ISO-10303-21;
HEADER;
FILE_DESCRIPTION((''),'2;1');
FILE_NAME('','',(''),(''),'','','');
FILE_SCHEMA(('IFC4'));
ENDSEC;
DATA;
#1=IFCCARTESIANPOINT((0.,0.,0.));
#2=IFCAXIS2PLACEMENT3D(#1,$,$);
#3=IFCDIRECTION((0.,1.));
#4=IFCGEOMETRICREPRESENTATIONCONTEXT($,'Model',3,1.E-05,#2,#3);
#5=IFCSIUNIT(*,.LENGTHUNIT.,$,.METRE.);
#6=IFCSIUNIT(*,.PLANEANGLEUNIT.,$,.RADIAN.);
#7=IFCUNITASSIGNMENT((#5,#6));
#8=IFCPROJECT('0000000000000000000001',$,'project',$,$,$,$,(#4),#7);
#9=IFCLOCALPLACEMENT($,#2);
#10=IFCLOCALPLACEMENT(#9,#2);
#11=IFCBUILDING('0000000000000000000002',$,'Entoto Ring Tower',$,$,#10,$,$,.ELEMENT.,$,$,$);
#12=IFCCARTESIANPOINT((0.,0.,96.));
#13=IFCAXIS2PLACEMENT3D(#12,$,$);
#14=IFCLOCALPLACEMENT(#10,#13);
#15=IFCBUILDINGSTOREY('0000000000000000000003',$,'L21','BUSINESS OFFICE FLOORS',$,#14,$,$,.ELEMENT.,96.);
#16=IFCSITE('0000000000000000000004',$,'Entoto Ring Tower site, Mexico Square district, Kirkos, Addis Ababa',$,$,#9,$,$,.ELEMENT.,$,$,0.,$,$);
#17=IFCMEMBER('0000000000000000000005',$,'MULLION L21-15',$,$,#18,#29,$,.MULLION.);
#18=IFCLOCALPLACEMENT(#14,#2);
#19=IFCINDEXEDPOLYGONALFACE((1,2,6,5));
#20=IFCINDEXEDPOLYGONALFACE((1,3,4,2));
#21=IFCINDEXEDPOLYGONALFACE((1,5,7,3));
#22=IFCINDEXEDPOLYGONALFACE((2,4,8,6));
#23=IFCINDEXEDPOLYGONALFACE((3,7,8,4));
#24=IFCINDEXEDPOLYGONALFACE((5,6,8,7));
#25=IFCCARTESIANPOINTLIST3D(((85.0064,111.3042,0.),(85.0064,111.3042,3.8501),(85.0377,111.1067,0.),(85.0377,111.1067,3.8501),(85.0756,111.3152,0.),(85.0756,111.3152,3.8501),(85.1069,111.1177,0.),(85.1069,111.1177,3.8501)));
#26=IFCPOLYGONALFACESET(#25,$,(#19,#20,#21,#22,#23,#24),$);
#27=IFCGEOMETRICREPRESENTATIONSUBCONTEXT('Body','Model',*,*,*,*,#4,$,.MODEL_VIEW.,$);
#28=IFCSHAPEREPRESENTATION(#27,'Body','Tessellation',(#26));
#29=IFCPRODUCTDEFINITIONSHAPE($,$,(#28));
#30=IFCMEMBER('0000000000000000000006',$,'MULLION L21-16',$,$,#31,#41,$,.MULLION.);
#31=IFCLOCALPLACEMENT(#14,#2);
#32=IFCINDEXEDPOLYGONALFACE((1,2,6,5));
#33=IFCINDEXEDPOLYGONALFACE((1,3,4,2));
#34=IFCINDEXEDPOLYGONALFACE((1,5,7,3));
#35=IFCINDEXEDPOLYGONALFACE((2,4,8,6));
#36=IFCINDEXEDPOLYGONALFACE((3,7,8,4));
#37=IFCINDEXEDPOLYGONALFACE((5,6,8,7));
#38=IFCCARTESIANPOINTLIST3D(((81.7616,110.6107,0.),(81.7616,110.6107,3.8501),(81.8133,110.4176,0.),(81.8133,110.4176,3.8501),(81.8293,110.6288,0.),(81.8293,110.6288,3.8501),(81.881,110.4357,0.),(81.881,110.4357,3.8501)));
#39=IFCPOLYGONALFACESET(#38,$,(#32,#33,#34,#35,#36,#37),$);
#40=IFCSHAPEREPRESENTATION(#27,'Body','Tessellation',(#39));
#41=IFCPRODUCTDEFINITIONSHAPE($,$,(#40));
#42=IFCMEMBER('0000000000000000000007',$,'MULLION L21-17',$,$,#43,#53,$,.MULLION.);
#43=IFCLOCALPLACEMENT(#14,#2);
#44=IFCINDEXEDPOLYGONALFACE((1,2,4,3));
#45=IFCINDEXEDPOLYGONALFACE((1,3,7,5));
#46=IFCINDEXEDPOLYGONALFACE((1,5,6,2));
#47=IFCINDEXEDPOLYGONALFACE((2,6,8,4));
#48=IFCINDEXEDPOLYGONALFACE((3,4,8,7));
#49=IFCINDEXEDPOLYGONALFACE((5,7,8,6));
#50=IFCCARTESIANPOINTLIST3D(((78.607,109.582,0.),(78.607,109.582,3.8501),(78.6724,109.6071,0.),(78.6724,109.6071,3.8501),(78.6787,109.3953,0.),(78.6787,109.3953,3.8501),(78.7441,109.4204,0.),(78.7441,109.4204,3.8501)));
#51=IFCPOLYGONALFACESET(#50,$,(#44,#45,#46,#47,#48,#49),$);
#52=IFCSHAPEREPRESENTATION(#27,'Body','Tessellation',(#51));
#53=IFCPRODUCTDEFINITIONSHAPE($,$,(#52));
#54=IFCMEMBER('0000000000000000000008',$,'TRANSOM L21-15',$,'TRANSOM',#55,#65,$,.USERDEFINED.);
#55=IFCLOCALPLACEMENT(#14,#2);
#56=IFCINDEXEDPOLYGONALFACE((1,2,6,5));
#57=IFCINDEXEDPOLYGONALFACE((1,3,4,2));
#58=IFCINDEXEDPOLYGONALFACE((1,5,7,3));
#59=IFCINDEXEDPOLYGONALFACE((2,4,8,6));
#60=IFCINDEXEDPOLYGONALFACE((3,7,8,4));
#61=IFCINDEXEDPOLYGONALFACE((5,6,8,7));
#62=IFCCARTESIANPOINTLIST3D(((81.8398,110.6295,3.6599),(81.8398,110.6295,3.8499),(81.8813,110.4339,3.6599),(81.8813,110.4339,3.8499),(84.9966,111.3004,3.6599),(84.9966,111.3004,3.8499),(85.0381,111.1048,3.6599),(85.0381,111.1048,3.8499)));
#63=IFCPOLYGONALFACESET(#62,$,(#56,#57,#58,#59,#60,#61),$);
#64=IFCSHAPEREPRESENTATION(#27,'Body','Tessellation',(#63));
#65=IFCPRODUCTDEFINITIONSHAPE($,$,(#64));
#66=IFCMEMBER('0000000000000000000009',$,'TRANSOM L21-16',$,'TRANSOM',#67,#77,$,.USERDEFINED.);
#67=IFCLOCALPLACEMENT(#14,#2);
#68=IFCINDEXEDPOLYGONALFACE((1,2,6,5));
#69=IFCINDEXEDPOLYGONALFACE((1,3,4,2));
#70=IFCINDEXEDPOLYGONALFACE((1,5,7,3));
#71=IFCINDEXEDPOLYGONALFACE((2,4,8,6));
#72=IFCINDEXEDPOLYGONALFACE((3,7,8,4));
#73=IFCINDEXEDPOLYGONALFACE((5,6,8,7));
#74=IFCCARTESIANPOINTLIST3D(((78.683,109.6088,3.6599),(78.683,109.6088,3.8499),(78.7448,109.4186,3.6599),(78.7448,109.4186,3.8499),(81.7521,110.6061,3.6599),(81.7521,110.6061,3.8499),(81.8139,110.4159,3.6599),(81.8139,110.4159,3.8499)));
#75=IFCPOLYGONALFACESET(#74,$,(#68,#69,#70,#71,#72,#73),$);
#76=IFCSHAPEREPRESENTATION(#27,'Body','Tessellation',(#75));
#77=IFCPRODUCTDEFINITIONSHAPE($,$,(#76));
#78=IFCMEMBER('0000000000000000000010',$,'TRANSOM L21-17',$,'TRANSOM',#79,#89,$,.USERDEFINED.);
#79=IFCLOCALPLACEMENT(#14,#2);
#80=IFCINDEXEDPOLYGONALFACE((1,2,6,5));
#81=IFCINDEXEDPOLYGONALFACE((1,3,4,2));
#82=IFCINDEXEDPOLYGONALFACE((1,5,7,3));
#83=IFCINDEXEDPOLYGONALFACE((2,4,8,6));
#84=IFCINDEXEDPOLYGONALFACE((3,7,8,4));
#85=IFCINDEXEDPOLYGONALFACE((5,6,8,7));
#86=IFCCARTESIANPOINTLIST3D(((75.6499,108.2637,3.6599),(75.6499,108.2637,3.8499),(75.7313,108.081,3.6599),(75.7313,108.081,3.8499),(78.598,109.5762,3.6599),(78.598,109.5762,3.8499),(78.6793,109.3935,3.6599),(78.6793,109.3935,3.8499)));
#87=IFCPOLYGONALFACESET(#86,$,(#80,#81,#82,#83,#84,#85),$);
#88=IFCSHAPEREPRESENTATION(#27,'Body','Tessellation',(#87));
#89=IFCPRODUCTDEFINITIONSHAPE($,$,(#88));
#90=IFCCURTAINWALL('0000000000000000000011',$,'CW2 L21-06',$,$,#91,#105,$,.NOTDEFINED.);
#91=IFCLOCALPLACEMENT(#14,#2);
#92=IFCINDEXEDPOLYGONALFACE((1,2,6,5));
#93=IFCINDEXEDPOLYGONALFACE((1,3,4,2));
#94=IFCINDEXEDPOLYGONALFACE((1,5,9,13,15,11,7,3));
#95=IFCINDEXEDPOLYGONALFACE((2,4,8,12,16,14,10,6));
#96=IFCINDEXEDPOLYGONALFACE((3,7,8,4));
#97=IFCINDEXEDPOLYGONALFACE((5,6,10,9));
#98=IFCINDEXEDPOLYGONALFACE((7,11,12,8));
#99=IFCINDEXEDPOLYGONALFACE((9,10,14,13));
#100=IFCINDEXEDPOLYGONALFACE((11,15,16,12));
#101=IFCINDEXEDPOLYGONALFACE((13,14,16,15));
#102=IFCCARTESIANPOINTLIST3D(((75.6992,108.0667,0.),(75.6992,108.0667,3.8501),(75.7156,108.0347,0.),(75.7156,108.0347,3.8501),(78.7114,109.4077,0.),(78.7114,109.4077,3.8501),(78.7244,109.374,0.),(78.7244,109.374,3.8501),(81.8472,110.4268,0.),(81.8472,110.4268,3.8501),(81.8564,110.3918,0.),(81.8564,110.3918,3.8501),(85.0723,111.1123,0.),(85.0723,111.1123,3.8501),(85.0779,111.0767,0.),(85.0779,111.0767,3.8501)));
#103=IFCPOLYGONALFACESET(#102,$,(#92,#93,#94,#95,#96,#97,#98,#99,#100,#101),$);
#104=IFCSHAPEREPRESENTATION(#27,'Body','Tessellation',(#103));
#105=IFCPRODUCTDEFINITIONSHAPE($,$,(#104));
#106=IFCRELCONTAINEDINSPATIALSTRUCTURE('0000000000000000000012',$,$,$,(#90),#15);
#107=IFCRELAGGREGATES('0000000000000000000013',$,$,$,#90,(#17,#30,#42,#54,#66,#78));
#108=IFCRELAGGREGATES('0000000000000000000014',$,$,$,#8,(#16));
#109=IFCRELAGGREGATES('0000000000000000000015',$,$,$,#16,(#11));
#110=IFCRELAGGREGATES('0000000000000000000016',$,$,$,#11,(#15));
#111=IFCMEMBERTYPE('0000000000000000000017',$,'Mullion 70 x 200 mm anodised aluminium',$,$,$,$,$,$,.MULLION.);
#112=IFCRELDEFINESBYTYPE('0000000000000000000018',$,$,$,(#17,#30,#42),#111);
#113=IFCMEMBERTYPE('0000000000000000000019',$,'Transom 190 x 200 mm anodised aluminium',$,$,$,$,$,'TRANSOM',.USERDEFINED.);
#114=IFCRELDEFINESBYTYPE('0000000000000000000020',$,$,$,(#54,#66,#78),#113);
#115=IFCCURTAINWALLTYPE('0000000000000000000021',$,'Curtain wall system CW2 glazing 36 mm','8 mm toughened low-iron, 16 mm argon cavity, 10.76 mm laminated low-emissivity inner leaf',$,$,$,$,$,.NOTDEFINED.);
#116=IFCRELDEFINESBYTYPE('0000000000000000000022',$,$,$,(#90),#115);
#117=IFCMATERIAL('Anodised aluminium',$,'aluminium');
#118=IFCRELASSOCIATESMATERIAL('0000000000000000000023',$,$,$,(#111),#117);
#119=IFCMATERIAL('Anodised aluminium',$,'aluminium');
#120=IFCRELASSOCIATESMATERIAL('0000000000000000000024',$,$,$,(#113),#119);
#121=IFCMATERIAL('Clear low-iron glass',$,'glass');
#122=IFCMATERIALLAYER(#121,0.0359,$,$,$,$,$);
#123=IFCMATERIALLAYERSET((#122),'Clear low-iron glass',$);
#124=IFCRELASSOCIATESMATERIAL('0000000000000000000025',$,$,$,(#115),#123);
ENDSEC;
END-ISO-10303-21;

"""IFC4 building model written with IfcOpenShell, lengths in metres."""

from ifc_helpers import new_model, si_unit, direction, frame, origin, origin_2d, place, context, subcontext, project, spatial, polyline, rectangle, outline, extrude, material, layer, layer_set, material_profile, profile_set, type_object, element, aggregate, save


model = new_model("IFC4")

# Units and contexts
model_context = context("Model", 3, precision=1e-05, world=origin(), true_north=direction((0.0, 1.0)))
body_context = subcontext(model_context, "Body", "Model", "MODEL_VIEW")
ifc_project = project(units=[si_unit("LENGTHUNIT", "METRE"), si_unit("PLANEANGLEUNIT", "RADIAN")], contexts=[model_context])

# Members
ifc_material_1 = material(Name="Anodised aluminium", Category="aluminium")
ifc_material_profile_1 = material_profile(ifc_material_1, rectangle(XDim=0.0701, YDim=0.2, at=origin_2d()), Name="Mullion 70 x 200 mm anodised aluminium")
ifc_profile_set_1 = profile_set([ifc_material_profile_1], Name="Anodised aluminium")
member_type_1 = type_object("IfcMemberType", Name="Mullion 70 x 200 mm anodised aluminium", PredefinedType="MULLION", material=ifc_profile_set_1)
site_placement = place(None, origin())
building_placement = place(site_placement, origin())
storey_placement = place(building_placement, frame((0.0, 0.0, 96.0)))
member_1_placement = place(storey_placement, frame((85.0566, 111.2109, 0.0), z_axis=(0.0, 0.0, 1.0), x_axis=(-0.987688, -0.156434, 0.0)))
member_1 = element("IfcMember", 1, at=member_1_placement, type_object=member_type_1, Name="MULLION L21-15", PredefinedType="MULLION", context=body_context, shape_type="SweptSolid", body=[
    extrude(rectangle(XDim=0.0701, YDim=0.2, at=origin_2d()), origin(), (0.0, 0.0, 1.0), 3.8501),
])
member_2_placement = place(storey_placement, frame((81.8213, 110.5232, 0.0), z_axis=(0.0, 0.0, 1.0), x_axis=(-0.965926, -0.258819, 0.0)))
member_2 = element("IfcMember", 2, at=member_2_placement, type_object=member_type_1, Name="MULLION L21-16", PredefinedType="MULLION", context=body_context, shape_type="SweptSolid", body=[
    extrude(rectangle(XDim=0.0701, YDim=0.2, at=origin_2d()), origin(), (0.0, 0.0, 1.0), 3.8501),
])
member_3_placement = place(storey_placement, frame((78.6755, 109.5012, 0.0), z_axis=(0.0, 0.0, 1.0), x_axis=(-0.93358, -0.358368, 0.0)))
member_3 = element("IfcMember", 3, at=member_3_placement, type_object=member_type_1, Name="MULLION L21-17", PredefinedType="MULLION", context=body_context, shape_type="SweptSolid", body=[
    extrude(rectangle(XDim=0.0701, YDim=0.2, at=origin_2d()), origin(), (0.0, 0.0, 1.0), 3.8501),
])
ifc_material_2 = material(Name="Anodised aluminium", Category="aluminium")
ifc_material_profile_2 = material_profile(ifc_material_2, rectangle(XDim=0.2, YDim=0.1899, at=origin_2d()), Name="Transom 190 x 200 mm anodised aluminium")
ifc_profile_set_2 = profile_set([ifc_material_profile_2], Name="Anodised aluminium")
member_type_2 = type_object("IfcMemberType", Name="Transom 190 x 200 mm anodised aluminium", ElementType="TRANSOM", PredefinedType="USERDEFINED", material=ifc_profile_set_2)
member_4_placement = place(storey_placement, frame((85.0173, 111.2026, 3.7549), z_axis=(-0.978153, -0.207886, 0.0), x_axis=(0.207886, -0.978153, 0.0)))
member_4 = element("IfcMember", 4, at=member_4_placement, type_object=member_type_2, Name="TRANSOM L21-15", ObjectType="TRANSOM", PredefinedType="USERDEFINED", context=body_context, shape_type="SweptSolid", body=[
    extrude(rectangle(XDim=0.2, YDim=0.1899, at=origin_2d()), origin(), (0.0, 0.0, 1.0), 3.2273),
])
member_5_placement = place(storey_placement, frame((81.783, 110.511, 3.7549), z_axis=(-0.951047, -0.309047, 0.0), x_axis=(0.309047, -0.951047, 0.0)))
member_5 = element("IfcMember", 5, at=member_5_placement, type_object=member_type_2, Name="TRANSOM L21-16", ObjectType="TRANSOM", PredefinedType="USERDEFINED", context=body_context, shape_type="SweptSolid", body=[
    extrude(rectangle(XDim=0.2, YDim=0.1899, at=origin_2d()), origin(), (0.0, 0.0, 1.0), 3.2271),
])
member_6_placement = place(storey_placement, frame((78.6387, 109.4849, 3.7549), z_axis=(-0.913549, -0.406728, 0.0), x_axis=(0.406728, -0.913549, 0.0)))
member_6 = element("IfcMember", 6, at=member_6_placement, type_object=member_type_2, Name="TRANSOM L21-17", ObjectType="TRANSOM", PredefinedType="USERDEFINED", context=body_context, shape_type="SweptSolid", body=[
    extrude(rectangle(XDim=0.2, YDim=0.1899, at=origin_2d()), origin(), (0.0, 0.0, 1.0), 3.2271),
])

# Site, building, storey
site = spatial("IfcSite", under=ifc_project, at=site_placement, Name="Entoto Ring Tower site, Mexico Square district, Kirkos, Addis Ababa", CompositionType="ELEMENT", RefElevation=0.0)
building = spatial("IfcBuilding", under=site, at=building_placement, Name="Entoto Ring Tower", CompositionType="ELEMENT")
storey = spatial("IfcBuildingStorey", under=building, at=storey_placement, Name="L21", Description="BUSINESS OFFICE FLOORS", CompositionType="ELEMENT", Elevation=96.0)

# Curtain wall
ifc_material_3 = material(Name="Clear low-iron glass", Category="glass")
ifc_layer = layer(ifc_material_3, 0.0359)
ifc_layer_set = layer_set([ifc_layer], Name="Clear low-iron glass")
curtain_wall_type = type_object("IfcCurtainWallType", Name="Curtain wall system CW2 glazing 36 mm", Description="8 mm toughened low-iron, 16 mm argon cavity, 10.76 mm laminated low-emissivity inner leaf", PredefinedType="NOTDEFINED", material=ifc_layer_set)
curtain_wall_1_placement = place(storey_placement, origin())
curtain_wall_1 = element("IfcCurtainWall", 7, at=curtain_wall_1_placement, inside=storey, type_object=curtain_wall_type, Name="CW2 L21-06", PredefinedType="NOTDEFINED", context=body_context, shape_type="SweptSolid", body=[
    extrude(outline(polyline([(85.0723, 111.1123), (81.8472, 110.4268), (78.7114, 109.4077), (75.6992, 108.0667), (75.7156, 108.0347), (78.7244, 109.374), (81.8564, 110.3918), (85.0779, 111.0767), (85.0723, 111.1123)])), origin(), (0.0, 0.0, 1.0), 3.8501),
])
aggregate(curtain_wall_1, [member_1, member_2, member_3, member_4, member_5, member_6])

save(model, "model.ifc")
